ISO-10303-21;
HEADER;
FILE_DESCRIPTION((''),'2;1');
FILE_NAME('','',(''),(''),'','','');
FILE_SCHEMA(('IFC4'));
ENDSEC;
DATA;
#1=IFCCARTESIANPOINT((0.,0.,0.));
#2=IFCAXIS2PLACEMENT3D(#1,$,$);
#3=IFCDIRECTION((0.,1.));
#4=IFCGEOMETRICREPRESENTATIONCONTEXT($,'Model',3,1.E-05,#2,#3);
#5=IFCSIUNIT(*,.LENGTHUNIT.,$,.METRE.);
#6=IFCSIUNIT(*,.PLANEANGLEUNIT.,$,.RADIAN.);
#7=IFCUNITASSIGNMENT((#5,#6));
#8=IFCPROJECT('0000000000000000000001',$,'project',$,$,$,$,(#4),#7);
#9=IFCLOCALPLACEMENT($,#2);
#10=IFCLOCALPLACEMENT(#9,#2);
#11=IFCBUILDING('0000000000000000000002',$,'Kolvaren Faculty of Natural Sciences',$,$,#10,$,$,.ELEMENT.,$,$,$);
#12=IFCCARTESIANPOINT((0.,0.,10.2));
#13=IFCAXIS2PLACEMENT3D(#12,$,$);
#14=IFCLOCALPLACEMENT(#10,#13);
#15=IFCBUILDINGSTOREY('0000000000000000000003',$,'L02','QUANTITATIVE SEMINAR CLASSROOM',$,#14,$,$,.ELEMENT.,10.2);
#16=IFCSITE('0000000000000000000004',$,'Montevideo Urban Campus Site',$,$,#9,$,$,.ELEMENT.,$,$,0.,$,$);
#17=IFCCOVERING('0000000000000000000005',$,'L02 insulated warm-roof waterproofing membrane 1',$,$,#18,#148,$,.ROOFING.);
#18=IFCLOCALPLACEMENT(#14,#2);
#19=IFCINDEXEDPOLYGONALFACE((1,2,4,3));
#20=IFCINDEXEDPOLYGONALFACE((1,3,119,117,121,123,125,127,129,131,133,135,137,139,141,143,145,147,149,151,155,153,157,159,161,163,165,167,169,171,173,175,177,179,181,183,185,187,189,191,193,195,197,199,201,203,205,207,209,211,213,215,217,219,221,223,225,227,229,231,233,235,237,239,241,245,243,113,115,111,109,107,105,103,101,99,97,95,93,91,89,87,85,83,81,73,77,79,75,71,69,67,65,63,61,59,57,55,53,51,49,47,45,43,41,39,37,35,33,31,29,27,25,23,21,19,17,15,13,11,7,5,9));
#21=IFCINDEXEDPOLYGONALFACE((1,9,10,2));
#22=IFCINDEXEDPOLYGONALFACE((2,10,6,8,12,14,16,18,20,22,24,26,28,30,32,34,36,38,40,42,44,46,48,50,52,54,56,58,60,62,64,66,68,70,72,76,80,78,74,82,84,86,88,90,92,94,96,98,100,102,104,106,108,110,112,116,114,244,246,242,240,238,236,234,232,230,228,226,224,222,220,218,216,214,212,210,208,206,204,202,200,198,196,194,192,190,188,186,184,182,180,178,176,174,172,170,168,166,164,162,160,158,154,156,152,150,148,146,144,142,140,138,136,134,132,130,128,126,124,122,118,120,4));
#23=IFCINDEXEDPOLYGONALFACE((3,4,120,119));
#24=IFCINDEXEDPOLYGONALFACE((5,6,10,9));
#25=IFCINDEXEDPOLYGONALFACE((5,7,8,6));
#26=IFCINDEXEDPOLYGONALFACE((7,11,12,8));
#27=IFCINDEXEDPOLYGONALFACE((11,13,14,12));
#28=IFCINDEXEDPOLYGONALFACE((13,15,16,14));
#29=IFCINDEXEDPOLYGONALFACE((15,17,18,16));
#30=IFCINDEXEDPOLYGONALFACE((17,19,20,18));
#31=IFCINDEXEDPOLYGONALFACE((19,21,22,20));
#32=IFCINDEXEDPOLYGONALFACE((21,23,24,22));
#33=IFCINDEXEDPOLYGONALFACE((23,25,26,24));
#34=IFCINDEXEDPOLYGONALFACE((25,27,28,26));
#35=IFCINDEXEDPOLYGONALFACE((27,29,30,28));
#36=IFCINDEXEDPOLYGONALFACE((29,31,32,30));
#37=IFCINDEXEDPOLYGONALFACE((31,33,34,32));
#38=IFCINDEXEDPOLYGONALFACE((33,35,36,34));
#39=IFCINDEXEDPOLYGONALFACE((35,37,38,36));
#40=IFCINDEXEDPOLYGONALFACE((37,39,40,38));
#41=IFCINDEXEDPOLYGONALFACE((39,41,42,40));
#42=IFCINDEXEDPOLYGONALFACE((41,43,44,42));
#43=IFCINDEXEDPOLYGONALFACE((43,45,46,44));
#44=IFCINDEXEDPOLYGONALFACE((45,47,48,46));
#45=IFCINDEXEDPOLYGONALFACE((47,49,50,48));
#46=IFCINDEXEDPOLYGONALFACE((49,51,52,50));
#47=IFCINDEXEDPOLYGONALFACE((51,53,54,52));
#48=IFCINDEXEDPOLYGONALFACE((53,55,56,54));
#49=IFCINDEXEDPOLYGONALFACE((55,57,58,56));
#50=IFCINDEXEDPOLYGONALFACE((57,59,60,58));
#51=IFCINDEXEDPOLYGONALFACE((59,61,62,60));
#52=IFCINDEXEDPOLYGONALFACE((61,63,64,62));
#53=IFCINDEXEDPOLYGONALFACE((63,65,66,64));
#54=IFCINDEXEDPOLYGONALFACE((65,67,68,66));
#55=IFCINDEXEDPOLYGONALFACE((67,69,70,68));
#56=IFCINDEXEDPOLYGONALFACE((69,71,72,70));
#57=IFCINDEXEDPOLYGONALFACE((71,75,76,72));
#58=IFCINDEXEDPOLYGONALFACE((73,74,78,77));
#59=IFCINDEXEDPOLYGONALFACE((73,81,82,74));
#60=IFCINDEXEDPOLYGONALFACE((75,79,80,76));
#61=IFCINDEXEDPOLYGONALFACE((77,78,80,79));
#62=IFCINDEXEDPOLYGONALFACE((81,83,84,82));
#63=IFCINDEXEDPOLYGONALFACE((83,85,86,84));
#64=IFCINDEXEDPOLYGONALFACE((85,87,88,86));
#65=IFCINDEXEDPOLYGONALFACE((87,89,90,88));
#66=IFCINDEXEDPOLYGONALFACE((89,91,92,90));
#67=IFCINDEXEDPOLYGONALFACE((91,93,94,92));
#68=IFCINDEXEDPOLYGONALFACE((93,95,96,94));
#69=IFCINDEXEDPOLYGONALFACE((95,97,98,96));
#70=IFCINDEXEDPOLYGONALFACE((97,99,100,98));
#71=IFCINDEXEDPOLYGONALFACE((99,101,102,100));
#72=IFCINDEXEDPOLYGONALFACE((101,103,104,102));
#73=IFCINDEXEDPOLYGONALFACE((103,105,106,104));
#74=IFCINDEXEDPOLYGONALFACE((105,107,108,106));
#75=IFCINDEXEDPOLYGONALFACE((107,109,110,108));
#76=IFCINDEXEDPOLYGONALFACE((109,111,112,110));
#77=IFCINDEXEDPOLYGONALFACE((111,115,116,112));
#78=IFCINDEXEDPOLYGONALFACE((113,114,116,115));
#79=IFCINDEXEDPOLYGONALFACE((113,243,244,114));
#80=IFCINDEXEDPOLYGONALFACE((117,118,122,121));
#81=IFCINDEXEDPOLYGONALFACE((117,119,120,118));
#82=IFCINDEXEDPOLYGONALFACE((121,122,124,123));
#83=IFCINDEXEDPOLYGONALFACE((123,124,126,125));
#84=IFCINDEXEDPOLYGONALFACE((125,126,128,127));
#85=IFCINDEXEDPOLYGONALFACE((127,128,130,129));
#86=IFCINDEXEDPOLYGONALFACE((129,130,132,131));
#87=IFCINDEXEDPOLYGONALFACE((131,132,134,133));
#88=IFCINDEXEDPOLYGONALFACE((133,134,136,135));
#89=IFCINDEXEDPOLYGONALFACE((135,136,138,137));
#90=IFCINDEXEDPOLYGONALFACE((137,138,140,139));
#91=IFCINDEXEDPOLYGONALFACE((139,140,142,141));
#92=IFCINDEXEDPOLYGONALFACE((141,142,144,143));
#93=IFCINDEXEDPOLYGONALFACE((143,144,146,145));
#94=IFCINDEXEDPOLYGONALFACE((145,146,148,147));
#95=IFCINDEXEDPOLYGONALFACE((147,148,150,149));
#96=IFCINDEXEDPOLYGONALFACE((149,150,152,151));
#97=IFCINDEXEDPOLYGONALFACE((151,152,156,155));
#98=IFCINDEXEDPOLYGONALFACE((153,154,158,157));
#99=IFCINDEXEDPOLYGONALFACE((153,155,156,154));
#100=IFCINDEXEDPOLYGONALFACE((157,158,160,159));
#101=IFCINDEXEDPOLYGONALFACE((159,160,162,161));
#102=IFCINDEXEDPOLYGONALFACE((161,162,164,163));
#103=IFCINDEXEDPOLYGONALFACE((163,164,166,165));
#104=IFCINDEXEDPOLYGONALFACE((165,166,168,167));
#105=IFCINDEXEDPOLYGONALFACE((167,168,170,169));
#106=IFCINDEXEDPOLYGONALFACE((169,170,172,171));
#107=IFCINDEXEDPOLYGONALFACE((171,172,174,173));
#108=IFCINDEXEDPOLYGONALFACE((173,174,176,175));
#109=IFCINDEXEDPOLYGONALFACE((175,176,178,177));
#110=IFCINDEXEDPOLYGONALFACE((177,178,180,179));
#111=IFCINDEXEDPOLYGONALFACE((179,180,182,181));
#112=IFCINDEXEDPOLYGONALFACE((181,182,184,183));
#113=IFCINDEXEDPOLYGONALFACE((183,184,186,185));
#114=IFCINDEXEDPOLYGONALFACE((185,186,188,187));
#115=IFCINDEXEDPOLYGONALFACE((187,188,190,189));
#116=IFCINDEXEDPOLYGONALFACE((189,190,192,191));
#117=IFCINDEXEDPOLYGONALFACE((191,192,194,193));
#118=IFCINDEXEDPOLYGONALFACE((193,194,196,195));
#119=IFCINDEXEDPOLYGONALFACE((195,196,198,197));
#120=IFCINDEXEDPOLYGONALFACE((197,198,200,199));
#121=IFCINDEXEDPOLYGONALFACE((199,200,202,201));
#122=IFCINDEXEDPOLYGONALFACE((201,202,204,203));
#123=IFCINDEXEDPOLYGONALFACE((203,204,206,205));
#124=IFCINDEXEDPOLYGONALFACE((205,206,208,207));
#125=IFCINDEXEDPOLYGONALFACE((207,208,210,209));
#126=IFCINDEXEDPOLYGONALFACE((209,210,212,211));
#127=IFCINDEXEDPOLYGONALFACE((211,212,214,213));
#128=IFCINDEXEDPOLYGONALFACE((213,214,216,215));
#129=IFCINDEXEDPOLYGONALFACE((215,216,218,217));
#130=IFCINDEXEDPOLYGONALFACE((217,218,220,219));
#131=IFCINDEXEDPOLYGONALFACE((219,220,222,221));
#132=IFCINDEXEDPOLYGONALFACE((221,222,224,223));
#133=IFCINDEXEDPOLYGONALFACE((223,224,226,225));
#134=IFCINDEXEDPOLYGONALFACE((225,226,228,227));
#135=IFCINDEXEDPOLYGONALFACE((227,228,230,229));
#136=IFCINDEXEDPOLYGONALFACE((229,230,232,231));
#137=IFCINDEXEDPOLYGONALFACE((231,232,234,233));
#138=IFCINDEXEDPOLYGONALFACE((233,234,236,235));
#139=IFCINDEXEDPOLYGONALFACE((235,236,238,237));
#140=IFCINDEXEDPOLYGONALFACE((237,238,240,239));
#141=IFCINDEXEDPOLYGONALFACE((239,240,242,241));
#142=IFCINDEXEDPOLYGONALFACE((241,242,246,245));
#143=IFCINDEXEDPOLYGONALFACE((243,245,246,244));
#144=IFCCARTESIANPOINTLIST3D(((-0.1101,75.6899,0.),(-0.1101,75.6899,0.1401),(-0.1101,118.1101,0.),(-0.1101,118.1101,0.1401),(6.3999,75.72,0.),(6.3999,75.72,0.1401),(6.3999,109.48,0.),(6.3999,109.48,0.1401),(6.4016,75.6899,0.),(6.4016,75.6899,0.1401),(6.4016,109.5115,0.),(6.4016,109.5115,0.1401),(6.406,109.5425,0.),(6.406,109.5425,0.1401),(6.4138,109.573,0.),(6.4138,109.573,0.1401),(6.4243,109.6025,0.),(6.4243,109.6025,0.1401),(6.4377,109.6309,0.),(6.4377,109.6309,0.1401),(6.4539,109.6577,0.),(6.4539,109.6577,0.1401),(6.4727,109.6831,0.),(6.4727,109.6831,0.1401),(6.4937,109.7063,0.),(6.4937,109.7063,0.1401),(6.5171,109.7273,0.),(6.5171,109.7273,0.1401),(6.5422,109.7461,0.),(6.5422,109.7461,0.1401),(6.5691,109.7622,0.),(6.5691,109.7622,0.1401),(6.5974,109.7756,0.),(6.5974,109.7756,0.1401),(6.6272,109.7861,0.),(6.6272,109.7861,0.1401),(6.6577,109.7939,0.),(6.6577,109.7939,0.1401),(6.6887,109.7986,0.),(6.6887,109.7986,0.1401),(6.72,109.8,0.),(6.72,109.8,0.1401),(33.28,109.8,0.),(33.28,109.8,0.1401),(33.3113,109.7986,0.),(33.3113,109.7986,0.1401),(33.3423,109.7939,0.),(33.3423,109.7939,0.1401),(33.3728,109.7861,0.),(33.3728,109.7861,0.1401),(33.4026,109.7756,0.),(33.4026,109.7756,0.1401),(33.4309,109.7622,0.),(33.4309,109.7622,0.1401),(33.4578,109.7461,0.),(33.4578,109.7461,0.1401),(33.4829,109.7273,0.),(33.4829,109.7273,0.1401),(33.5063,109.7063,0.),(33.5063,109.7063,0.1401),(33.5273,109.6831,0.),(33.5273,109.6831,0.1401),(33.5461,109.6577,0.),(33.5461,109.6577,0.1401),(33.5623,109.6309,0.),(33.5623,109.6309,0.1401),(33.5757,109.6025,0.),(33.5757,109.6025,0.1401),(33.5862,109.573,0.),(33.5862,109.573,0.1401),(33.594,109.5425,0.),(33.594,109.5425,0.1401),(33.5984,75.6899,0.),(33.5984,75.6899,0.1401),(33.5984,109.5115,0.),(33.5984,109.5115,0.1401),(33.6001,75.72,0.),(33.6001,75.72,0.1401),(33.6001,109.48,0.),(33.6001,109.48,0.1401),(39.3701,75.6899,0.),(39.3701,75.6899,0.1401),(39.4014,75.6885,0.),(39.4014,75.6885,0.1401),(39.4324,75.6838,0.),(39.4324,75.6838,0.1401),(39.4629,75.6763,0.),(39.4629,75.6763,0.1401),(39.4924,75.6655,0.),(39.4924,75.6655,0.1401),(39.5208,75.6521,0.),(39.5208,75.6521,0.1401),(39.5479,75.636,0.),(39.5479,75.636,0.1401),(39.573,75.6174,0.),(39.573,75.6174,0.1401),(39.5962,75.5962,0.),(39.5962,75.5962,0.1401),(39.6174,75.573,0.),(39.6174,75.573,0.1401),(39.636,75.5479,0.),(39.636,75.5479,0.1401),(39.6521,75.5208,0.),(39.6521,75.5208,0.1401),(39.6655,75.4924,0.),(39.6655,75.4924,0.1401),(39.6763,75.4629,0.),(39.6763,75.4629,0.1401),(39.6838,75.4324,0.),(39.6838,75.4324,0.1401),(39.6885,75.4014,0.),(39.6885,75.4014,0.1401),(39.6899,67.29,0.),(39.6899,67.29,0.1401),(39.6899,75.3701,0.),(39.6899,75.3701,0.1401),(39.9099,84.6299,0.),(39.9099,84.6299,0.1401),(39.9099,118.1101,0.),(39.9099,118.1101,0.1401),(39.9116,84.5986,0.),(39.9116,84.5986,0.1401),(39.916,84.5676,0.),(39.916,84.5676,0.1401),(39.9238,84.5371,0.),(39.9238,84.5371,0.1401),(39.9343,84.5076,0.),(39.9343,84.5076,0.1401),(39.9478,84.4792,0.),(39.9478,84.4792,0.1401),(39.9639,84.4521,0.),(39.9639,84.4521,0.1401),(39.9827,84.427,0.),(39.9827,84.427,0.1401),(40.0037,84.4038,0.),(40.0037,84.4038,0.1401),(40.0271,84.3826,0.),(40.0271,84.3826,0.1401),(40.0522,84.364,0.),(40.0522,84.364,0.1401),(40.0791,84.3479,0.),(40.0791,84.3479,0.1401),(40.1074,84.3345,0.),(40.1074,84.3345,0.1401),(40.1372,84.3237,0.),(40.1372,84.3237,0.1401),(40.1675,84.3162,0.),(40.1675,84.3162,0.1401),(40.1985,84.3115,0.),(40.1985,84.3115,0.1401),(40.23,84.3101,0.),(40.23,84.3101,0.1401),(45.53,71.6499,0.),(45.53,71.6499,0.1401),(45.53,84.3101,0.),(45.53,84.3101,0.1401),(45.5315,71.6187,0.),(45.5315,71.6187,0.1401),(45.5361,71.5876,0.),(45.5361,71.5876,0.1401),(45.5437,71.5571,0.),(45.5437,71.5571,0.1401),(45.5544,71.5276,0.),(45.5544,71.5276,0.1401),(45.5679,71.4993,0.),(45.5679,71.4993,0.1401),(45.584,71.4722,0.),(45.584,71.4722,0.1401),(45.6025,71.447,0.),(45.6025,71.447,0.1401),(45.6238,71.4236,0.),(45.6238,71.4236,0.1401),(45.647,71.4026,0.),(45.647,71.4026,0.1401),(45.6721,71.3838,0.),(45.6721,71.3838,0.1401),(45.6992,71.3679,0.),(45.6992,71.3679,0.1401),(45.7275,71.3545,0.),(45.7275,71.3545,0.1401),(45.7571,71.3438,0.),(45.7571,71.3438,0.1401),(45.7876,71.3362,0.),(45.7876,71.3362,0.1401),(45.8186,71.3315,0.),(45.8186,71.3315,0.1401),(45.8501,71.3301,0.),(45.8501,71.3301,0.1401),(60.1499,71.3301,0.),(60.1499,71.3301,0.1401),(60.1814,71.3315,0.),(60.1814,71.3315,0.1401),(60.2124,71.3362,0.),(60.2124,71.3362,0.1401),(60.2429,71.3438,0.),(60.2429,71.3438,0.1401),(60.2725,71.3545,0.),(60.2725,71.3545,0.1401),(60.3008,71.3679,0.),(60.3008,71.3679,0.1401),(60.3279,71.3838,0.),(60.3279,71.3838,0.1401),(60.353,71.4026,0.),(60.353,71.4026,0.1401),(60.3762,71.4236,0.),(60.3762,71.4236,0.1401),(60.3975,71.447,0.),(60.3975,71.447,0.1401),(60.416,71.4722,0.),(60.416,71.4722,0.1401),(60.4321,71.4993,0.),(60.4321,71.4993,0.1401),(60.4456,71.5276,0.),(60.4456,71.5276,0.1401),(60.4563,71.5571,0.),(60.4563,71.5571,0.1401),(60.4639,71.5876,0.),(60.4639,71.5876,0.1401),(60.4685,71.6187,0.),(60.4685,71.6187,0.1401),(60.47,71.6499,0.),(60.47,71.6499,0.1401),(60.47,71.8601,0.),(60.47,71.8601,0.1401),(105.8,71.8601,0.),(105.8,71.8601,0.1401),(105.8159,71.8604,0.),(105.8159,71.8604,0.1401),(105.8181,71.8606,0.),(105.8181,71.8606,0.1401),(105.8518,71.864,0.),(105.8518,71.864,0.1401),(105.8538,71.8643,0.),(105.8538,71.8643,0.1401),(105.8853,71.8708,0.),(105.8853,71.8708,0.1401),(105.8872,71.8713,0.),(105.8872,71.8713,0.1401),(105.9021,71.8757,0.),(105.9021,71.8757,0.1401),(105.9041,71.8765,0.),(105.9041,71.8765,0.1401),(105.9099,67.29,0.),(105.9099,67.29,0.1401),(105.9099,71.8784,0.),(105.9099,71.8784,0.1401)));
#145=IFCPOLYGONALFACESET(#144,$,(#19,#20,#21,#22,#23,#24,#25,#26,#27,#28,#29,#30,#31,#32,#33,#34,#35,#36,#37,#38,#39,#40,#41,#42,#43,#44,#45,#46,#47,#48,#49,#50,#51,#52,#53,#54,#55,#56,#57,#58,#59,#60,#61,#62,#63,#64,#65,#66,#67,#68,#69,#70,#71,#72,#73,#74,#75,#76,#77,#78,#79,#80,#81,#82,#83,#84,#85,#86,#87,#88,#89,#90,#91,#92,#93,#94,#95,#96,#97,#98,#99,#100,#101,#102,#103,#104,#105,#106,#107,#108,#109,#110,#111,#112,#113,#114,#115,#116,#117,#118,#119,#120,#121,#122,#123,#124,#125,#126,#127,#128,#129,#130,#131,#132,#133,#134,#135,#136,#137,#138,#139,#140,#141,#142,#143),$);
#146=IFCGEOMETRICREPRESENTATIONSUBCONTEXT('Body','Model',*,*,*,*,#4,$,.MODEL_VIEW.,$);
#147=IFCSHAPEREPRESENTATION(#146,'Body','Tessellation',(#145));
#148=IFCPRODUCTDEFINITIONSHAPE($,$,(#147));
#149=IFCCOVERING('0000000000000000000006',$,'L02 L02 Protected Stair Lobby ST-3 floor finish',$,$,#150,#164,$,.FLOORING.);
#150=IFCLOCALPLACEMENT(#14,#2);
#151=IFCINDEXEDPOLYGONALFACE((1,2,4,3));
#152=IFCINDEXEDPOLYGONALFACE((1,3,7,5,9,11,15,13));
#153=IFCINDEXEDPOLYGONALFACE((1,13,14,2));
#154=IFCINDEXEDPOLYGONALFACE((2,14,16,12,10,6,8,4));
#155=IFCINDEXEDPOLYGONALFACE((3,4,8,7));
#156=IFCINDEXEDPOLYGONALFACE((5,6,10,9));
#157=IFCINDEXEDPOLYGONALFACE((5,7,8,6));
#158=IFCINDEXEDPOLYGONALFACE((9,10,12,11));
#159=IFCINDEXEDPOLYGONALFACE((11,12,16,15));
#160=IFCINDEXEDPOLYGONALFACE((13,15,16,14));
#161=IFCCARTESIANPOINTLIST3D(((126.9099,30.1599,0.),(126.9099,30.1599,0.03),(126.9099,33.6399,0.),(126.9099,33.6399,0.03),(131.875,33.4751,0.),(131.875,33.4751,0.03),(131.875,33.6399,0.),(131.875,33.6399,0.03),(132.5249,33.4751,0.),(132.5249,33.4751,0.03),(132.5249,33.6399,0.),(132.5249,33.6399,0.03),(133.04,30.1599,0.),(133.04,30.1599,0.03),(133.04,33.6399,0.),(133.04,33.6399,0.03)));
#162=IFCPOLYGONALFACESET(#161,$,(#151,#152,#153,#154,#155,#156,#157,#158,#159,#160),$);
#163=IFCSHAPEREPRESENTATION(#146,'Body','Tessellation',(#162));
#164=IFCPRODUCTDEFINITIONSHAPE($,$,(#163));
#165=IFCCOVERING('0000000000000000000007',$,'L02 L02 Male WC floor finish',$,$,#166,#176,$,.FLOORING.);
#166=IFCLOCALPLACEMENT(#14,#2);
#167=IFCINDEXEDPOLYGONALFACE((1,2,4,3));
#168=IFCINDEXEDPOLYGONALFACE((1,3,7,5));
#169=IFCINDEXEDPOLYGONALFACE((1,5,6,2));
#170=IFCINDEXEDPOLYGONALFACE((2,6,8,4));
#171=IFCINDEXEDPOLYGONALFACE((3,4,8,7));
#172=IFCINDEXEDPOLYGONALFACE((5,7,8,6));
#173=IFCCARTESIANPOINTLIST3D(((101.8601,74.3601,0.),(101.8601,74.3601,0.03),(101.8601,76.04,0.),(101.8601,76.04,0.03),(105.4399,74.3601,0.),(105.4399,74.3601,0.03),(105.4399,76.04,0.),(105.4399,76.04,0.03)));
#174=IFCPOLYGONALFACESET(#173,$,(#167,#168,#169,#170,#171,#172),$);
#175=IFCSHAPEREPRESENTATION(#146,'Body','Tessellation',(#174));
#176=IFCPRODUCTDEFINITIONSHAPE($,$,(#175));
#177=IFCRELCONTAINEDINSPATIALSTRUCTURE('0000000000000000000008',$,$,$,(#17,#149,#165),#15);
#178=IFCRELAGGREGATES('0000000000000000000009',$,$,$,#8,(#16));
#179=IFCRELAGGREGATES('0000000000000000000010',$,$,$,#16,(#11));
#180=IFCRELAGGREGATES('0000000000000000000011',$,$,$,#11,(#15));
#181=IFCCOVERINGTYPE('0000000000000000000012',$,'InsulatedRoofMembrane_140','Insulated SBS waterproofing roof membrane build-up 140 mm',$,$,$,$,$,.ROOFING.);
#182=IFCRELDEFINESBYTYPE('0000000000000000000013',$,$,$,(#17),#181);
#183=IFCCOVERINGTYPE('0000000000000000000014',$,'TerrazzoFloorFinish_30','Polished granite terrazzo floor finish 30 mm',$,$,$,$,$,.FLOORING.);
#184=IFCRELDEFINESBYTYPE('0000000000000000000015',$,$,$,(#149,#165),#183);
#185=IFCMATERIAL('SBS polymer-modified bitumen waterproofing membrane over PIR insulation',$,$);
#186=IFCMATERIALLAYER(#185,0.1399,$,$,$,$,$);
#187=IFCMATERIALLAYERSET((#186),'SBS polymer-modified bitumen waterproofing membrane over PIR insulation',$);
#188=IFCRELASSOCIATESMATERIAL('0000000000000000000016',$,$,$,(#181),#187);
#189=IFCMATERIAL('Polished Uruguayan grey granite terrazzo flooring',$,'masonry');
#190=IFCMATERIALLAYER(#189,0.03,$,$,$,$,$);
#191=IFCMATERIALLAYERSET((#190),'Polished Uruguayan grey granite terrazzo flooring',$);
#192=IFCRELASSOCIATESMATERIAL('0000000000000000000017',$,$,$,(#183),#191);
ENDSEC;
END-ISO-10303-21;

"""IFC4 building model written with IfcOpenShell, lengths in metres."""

from ifc_helpers import new_model, si_unit, direction, frame, origin, place, context, subcontext, project, spatial, polyline, outline, extrude, material, layer, layer_set, type_object, element, save


model = new_model("IFC4")

# Units and contexts
model_context = context("Model", 3, precision=1e-05, world=origin(), true_north=direction((0.0, 1.0)))
body_context = subcontext(model_context, "Body", "Model", "MODEL_VIEW")
ifc_project = project(units=[si_unit("LENGTHUNIT", "METRE"), si_unit("PLANEANGLEUNIT", "RADIAN")], contexts=[model_context])

# Site, building, storey
site_placement = place(None, origin())
site = spatial("IfcSite", under=ifc_project, at=site_placement, Name="Montevideo Urban Campus Site", CompositionType="ELEMENT", RefElevation=0.0)
building_placement = place(site_placement, origin())
building = spatial("IfcBuilding", under=site, at=building_placement, Name="Kolvaren Faculty of Natural Sciences", CompositionType="ELEMENT")
storey_placement = place(building_placement, frame((0.0, 0.0, 10.2)))
storey = spatial("IfcBuildingStorey", under=building, at=storey_placement, Name="L02", Description="QUANTITATIVE SEMINAR CLASSROOM", CompositionType="ELEMENT", Elevation=10.2)

# Coverings
ifc_material_1 = material(Name="SBS polymer-modified bitumen waterproofing membrane over PIR insulation")
ifc_layer_1 = layer(ifc_material_1, 0.1399)
ifc_layer_set_1 = layer_set([ifc_layer_1], Name="SBS polymer-modified bitumen waterproofing membrane over PIR insulation")
covering_type_1 = type_object("IfcCoveringType", Name="InsulatedRoofMembrane_140", Description="Insulated SBS waterproofing roof membrane build-up 140 mm", PredefinedType="ROOFING", material=ifc_layer_set_1)
covering_1_placement = place(storey_placement, origin())
element("IfcCovering", 1, at=covering_1_placement, inside=storey, type_object=covering_type_1, Name="L02 insulated warm-roof waterproofing membrane 1", PredefinedType="ROOFING", context=body_context, shape_type="SweptSolid", body=[
    extrude(outline(polyline([(6.4016, 75.6899), (-0.1101, 75.6899), (-0.1101, 118.1101), (39.9099, 118.1101), (39.9099, 84.6299), (39.9116, 84.5986), (39.916, 84.5676), (39.9238, 84.5371), (39.9343, 84.5076), (39.9478, 84.4792), (39.9639, 84.4521), (39.9827, 84.427), (40.0037, 84.4038), (40.0271, 84.3826), (40.0522, 84.364), (40.0791, 84.3479), (40.1074, 84.3345), (40.1372, 84.3237), (40.1675, 84.3162), (40.1985, 84.3115), (40.23, 84.3101), (45.53, 84.3101), (45.53, 71.6499), (45.5315, 71.6187), (45.5361, 71.5876), (45.5437, 71.5571), (45.5544, 71.5276), (45.5679, 71.4993), (45.584, 71.4722), (45.6025, 71.447), (45.6238, 71.4236), (45.647, 71.4026), (45.6721, 71.3838), (45.6992, 71.3679), (45.7275, 71.3545), (45.7571, 71.3438), (45.7876, 71.3362), (45.8186, 71.3315), (45.8501, 71.3301), (60.1499, 71.3301), (60.1814, 71.3315), (60.2124, 71.3362), (60.2429, 71.3438), (60.2725, 71.3545), (60.3008, 71.3679), (60.3279, 71.3838), (60.353, 71.4026), (60.3762, 71.4236), (60.3975, 71.447), (60.416, 71.4722), (60.4321, 71.4993), (60.4456, 71.5276), (60.4563, 71.5571), (60.4639, 71.5876), (60.4685, 71.6187), (60.47, 71.6499), (60.47, 71.8601), (105.8, 71.8601), (105.8159, 71.8604), (105.8181, 71.8606), (105.8518, 71.864), (105.8538, 71.8643), (105.8853, 71.8708), (105.8872, 71.8713), (105.9021, 71.8757), (105.9041, 71.8765), (105.9099, 71.8784), (105.9099, 67.29), (39.6899, 67.29), (39.6899, 75.3701), (39.6885, 75.4014), (39.6838, 75.4324), (39.6763, 75.4629), (39.6655, 75.4924), (39.6521, 75.5208), (39.636, 75.5479), (39.6174, 75.573), (39.5962, 75.5962), (39.573, 75.6174), (39.5479, 75.636), (39.5208, 75.6521), (39.4924, 75.6655), (39.4629, 75.6763), (39.4324, 75.6838), (39.4014, 75.6885), (39.3701, 75.6899), (33.5984, 75.6899), (33.6001, 75.72), (33.6001, 109.48), (33.5984, 109.5115), (33.594, 109.5425), (33.5862, 109.573), (33.5757, 109.6025), (33.5623, 109.6309), (33.5461, 109.6577), (33.5273, 109.6831), (33.5063, 109.7063), (33.4829, 109.7273), (33.4578, 109.7461), (33.4309, 109.7622), (33.4026, 109.7756), (33.3728, 109.7861), (33.3423, 109.7939), (33.3113, 109.7986), (33.28, 109.8), (6.72, 109.8), (6.6887, 109.7986), (6.6577, 109.7939), (6.6272, 109.7861), (6.5974, 109.7756), (6.5691, 109.7622), (6.5422, 109.7461), (6.5171, 109.7273), (6.4937, 109.7063), (6.4727, 109.6831), (6.4539, 109.6577), (6.4377, 109.6309), (6.4243, 109.6025), (6.4138, 109.573), (6.406, 109.5425), (6.4016, 109.5115), (6.3999, 109.48), (6.3999, 75.72), (6.4016, 75.6899)])), origin(), (0.0, 0.0, 1.0), 0.1401),
])
ifc_material_2 = material(Name="Polished Uruguayan grey granite terrazzo flooring", Category="masonry")
ifc_layer_2 = layer(ifc_material_2, 0.03)
ifc_layer_set_2 = layer_set([ifc_layer_2], Name="Polished Uruguayan grey granite terrazzo flooring")
covering_type_2 = type_object("IfcCoveringType", Name="TerrazzoFloorFinish_30", Description="Polished granite terrazzo floor finish 30 mm", PredefinedType="FLOORING", material=ifc_layer_set_2)
covering_2_placement = place(storey_placement, origin())
element("IfcCovering", 2, at=covering_2_placement, inside=storey, type_object=covering_type_2, Name="L02 L02 Protected Stair Lobby ST-3 floor finish", PredefinedType="FLOORING", context=body_context, shape_type="SweptSolid", body=[
    extrude(outline(polyline([(131.875, 33.6399), (131.875, 33.4751), (132.5249, 33.4751), (132.5249, 33.6399), (133.04, 33.6399), (133.04, 30.1599), (126.9099, 30.1599), (126.9099, 33.6399), (131.875, 33.6399)])), origin(), (0.0, 0.0, 1.0), 0.03),
])
covering_3_placement = place(storey_placement, origin())
element("IfcCovering", 3, at=covering_3_placement, inside=storey, type_object=covering_type_2, Name="L02 L02 Male WC floor finish", PredefinedType="FLOORING", context=body_context, shape_type="SweptSolid", body=[
    extrude(outline(polyline([(101.8601, 76.04), (105.4399, 76.04), (105.4399, 74.3601), (101.8601, 74.3601), (101.8601, 76.04)])), origin(), (0.0, 0.0, 1.0), 0.03),
])

save(model, "model.ifc")
